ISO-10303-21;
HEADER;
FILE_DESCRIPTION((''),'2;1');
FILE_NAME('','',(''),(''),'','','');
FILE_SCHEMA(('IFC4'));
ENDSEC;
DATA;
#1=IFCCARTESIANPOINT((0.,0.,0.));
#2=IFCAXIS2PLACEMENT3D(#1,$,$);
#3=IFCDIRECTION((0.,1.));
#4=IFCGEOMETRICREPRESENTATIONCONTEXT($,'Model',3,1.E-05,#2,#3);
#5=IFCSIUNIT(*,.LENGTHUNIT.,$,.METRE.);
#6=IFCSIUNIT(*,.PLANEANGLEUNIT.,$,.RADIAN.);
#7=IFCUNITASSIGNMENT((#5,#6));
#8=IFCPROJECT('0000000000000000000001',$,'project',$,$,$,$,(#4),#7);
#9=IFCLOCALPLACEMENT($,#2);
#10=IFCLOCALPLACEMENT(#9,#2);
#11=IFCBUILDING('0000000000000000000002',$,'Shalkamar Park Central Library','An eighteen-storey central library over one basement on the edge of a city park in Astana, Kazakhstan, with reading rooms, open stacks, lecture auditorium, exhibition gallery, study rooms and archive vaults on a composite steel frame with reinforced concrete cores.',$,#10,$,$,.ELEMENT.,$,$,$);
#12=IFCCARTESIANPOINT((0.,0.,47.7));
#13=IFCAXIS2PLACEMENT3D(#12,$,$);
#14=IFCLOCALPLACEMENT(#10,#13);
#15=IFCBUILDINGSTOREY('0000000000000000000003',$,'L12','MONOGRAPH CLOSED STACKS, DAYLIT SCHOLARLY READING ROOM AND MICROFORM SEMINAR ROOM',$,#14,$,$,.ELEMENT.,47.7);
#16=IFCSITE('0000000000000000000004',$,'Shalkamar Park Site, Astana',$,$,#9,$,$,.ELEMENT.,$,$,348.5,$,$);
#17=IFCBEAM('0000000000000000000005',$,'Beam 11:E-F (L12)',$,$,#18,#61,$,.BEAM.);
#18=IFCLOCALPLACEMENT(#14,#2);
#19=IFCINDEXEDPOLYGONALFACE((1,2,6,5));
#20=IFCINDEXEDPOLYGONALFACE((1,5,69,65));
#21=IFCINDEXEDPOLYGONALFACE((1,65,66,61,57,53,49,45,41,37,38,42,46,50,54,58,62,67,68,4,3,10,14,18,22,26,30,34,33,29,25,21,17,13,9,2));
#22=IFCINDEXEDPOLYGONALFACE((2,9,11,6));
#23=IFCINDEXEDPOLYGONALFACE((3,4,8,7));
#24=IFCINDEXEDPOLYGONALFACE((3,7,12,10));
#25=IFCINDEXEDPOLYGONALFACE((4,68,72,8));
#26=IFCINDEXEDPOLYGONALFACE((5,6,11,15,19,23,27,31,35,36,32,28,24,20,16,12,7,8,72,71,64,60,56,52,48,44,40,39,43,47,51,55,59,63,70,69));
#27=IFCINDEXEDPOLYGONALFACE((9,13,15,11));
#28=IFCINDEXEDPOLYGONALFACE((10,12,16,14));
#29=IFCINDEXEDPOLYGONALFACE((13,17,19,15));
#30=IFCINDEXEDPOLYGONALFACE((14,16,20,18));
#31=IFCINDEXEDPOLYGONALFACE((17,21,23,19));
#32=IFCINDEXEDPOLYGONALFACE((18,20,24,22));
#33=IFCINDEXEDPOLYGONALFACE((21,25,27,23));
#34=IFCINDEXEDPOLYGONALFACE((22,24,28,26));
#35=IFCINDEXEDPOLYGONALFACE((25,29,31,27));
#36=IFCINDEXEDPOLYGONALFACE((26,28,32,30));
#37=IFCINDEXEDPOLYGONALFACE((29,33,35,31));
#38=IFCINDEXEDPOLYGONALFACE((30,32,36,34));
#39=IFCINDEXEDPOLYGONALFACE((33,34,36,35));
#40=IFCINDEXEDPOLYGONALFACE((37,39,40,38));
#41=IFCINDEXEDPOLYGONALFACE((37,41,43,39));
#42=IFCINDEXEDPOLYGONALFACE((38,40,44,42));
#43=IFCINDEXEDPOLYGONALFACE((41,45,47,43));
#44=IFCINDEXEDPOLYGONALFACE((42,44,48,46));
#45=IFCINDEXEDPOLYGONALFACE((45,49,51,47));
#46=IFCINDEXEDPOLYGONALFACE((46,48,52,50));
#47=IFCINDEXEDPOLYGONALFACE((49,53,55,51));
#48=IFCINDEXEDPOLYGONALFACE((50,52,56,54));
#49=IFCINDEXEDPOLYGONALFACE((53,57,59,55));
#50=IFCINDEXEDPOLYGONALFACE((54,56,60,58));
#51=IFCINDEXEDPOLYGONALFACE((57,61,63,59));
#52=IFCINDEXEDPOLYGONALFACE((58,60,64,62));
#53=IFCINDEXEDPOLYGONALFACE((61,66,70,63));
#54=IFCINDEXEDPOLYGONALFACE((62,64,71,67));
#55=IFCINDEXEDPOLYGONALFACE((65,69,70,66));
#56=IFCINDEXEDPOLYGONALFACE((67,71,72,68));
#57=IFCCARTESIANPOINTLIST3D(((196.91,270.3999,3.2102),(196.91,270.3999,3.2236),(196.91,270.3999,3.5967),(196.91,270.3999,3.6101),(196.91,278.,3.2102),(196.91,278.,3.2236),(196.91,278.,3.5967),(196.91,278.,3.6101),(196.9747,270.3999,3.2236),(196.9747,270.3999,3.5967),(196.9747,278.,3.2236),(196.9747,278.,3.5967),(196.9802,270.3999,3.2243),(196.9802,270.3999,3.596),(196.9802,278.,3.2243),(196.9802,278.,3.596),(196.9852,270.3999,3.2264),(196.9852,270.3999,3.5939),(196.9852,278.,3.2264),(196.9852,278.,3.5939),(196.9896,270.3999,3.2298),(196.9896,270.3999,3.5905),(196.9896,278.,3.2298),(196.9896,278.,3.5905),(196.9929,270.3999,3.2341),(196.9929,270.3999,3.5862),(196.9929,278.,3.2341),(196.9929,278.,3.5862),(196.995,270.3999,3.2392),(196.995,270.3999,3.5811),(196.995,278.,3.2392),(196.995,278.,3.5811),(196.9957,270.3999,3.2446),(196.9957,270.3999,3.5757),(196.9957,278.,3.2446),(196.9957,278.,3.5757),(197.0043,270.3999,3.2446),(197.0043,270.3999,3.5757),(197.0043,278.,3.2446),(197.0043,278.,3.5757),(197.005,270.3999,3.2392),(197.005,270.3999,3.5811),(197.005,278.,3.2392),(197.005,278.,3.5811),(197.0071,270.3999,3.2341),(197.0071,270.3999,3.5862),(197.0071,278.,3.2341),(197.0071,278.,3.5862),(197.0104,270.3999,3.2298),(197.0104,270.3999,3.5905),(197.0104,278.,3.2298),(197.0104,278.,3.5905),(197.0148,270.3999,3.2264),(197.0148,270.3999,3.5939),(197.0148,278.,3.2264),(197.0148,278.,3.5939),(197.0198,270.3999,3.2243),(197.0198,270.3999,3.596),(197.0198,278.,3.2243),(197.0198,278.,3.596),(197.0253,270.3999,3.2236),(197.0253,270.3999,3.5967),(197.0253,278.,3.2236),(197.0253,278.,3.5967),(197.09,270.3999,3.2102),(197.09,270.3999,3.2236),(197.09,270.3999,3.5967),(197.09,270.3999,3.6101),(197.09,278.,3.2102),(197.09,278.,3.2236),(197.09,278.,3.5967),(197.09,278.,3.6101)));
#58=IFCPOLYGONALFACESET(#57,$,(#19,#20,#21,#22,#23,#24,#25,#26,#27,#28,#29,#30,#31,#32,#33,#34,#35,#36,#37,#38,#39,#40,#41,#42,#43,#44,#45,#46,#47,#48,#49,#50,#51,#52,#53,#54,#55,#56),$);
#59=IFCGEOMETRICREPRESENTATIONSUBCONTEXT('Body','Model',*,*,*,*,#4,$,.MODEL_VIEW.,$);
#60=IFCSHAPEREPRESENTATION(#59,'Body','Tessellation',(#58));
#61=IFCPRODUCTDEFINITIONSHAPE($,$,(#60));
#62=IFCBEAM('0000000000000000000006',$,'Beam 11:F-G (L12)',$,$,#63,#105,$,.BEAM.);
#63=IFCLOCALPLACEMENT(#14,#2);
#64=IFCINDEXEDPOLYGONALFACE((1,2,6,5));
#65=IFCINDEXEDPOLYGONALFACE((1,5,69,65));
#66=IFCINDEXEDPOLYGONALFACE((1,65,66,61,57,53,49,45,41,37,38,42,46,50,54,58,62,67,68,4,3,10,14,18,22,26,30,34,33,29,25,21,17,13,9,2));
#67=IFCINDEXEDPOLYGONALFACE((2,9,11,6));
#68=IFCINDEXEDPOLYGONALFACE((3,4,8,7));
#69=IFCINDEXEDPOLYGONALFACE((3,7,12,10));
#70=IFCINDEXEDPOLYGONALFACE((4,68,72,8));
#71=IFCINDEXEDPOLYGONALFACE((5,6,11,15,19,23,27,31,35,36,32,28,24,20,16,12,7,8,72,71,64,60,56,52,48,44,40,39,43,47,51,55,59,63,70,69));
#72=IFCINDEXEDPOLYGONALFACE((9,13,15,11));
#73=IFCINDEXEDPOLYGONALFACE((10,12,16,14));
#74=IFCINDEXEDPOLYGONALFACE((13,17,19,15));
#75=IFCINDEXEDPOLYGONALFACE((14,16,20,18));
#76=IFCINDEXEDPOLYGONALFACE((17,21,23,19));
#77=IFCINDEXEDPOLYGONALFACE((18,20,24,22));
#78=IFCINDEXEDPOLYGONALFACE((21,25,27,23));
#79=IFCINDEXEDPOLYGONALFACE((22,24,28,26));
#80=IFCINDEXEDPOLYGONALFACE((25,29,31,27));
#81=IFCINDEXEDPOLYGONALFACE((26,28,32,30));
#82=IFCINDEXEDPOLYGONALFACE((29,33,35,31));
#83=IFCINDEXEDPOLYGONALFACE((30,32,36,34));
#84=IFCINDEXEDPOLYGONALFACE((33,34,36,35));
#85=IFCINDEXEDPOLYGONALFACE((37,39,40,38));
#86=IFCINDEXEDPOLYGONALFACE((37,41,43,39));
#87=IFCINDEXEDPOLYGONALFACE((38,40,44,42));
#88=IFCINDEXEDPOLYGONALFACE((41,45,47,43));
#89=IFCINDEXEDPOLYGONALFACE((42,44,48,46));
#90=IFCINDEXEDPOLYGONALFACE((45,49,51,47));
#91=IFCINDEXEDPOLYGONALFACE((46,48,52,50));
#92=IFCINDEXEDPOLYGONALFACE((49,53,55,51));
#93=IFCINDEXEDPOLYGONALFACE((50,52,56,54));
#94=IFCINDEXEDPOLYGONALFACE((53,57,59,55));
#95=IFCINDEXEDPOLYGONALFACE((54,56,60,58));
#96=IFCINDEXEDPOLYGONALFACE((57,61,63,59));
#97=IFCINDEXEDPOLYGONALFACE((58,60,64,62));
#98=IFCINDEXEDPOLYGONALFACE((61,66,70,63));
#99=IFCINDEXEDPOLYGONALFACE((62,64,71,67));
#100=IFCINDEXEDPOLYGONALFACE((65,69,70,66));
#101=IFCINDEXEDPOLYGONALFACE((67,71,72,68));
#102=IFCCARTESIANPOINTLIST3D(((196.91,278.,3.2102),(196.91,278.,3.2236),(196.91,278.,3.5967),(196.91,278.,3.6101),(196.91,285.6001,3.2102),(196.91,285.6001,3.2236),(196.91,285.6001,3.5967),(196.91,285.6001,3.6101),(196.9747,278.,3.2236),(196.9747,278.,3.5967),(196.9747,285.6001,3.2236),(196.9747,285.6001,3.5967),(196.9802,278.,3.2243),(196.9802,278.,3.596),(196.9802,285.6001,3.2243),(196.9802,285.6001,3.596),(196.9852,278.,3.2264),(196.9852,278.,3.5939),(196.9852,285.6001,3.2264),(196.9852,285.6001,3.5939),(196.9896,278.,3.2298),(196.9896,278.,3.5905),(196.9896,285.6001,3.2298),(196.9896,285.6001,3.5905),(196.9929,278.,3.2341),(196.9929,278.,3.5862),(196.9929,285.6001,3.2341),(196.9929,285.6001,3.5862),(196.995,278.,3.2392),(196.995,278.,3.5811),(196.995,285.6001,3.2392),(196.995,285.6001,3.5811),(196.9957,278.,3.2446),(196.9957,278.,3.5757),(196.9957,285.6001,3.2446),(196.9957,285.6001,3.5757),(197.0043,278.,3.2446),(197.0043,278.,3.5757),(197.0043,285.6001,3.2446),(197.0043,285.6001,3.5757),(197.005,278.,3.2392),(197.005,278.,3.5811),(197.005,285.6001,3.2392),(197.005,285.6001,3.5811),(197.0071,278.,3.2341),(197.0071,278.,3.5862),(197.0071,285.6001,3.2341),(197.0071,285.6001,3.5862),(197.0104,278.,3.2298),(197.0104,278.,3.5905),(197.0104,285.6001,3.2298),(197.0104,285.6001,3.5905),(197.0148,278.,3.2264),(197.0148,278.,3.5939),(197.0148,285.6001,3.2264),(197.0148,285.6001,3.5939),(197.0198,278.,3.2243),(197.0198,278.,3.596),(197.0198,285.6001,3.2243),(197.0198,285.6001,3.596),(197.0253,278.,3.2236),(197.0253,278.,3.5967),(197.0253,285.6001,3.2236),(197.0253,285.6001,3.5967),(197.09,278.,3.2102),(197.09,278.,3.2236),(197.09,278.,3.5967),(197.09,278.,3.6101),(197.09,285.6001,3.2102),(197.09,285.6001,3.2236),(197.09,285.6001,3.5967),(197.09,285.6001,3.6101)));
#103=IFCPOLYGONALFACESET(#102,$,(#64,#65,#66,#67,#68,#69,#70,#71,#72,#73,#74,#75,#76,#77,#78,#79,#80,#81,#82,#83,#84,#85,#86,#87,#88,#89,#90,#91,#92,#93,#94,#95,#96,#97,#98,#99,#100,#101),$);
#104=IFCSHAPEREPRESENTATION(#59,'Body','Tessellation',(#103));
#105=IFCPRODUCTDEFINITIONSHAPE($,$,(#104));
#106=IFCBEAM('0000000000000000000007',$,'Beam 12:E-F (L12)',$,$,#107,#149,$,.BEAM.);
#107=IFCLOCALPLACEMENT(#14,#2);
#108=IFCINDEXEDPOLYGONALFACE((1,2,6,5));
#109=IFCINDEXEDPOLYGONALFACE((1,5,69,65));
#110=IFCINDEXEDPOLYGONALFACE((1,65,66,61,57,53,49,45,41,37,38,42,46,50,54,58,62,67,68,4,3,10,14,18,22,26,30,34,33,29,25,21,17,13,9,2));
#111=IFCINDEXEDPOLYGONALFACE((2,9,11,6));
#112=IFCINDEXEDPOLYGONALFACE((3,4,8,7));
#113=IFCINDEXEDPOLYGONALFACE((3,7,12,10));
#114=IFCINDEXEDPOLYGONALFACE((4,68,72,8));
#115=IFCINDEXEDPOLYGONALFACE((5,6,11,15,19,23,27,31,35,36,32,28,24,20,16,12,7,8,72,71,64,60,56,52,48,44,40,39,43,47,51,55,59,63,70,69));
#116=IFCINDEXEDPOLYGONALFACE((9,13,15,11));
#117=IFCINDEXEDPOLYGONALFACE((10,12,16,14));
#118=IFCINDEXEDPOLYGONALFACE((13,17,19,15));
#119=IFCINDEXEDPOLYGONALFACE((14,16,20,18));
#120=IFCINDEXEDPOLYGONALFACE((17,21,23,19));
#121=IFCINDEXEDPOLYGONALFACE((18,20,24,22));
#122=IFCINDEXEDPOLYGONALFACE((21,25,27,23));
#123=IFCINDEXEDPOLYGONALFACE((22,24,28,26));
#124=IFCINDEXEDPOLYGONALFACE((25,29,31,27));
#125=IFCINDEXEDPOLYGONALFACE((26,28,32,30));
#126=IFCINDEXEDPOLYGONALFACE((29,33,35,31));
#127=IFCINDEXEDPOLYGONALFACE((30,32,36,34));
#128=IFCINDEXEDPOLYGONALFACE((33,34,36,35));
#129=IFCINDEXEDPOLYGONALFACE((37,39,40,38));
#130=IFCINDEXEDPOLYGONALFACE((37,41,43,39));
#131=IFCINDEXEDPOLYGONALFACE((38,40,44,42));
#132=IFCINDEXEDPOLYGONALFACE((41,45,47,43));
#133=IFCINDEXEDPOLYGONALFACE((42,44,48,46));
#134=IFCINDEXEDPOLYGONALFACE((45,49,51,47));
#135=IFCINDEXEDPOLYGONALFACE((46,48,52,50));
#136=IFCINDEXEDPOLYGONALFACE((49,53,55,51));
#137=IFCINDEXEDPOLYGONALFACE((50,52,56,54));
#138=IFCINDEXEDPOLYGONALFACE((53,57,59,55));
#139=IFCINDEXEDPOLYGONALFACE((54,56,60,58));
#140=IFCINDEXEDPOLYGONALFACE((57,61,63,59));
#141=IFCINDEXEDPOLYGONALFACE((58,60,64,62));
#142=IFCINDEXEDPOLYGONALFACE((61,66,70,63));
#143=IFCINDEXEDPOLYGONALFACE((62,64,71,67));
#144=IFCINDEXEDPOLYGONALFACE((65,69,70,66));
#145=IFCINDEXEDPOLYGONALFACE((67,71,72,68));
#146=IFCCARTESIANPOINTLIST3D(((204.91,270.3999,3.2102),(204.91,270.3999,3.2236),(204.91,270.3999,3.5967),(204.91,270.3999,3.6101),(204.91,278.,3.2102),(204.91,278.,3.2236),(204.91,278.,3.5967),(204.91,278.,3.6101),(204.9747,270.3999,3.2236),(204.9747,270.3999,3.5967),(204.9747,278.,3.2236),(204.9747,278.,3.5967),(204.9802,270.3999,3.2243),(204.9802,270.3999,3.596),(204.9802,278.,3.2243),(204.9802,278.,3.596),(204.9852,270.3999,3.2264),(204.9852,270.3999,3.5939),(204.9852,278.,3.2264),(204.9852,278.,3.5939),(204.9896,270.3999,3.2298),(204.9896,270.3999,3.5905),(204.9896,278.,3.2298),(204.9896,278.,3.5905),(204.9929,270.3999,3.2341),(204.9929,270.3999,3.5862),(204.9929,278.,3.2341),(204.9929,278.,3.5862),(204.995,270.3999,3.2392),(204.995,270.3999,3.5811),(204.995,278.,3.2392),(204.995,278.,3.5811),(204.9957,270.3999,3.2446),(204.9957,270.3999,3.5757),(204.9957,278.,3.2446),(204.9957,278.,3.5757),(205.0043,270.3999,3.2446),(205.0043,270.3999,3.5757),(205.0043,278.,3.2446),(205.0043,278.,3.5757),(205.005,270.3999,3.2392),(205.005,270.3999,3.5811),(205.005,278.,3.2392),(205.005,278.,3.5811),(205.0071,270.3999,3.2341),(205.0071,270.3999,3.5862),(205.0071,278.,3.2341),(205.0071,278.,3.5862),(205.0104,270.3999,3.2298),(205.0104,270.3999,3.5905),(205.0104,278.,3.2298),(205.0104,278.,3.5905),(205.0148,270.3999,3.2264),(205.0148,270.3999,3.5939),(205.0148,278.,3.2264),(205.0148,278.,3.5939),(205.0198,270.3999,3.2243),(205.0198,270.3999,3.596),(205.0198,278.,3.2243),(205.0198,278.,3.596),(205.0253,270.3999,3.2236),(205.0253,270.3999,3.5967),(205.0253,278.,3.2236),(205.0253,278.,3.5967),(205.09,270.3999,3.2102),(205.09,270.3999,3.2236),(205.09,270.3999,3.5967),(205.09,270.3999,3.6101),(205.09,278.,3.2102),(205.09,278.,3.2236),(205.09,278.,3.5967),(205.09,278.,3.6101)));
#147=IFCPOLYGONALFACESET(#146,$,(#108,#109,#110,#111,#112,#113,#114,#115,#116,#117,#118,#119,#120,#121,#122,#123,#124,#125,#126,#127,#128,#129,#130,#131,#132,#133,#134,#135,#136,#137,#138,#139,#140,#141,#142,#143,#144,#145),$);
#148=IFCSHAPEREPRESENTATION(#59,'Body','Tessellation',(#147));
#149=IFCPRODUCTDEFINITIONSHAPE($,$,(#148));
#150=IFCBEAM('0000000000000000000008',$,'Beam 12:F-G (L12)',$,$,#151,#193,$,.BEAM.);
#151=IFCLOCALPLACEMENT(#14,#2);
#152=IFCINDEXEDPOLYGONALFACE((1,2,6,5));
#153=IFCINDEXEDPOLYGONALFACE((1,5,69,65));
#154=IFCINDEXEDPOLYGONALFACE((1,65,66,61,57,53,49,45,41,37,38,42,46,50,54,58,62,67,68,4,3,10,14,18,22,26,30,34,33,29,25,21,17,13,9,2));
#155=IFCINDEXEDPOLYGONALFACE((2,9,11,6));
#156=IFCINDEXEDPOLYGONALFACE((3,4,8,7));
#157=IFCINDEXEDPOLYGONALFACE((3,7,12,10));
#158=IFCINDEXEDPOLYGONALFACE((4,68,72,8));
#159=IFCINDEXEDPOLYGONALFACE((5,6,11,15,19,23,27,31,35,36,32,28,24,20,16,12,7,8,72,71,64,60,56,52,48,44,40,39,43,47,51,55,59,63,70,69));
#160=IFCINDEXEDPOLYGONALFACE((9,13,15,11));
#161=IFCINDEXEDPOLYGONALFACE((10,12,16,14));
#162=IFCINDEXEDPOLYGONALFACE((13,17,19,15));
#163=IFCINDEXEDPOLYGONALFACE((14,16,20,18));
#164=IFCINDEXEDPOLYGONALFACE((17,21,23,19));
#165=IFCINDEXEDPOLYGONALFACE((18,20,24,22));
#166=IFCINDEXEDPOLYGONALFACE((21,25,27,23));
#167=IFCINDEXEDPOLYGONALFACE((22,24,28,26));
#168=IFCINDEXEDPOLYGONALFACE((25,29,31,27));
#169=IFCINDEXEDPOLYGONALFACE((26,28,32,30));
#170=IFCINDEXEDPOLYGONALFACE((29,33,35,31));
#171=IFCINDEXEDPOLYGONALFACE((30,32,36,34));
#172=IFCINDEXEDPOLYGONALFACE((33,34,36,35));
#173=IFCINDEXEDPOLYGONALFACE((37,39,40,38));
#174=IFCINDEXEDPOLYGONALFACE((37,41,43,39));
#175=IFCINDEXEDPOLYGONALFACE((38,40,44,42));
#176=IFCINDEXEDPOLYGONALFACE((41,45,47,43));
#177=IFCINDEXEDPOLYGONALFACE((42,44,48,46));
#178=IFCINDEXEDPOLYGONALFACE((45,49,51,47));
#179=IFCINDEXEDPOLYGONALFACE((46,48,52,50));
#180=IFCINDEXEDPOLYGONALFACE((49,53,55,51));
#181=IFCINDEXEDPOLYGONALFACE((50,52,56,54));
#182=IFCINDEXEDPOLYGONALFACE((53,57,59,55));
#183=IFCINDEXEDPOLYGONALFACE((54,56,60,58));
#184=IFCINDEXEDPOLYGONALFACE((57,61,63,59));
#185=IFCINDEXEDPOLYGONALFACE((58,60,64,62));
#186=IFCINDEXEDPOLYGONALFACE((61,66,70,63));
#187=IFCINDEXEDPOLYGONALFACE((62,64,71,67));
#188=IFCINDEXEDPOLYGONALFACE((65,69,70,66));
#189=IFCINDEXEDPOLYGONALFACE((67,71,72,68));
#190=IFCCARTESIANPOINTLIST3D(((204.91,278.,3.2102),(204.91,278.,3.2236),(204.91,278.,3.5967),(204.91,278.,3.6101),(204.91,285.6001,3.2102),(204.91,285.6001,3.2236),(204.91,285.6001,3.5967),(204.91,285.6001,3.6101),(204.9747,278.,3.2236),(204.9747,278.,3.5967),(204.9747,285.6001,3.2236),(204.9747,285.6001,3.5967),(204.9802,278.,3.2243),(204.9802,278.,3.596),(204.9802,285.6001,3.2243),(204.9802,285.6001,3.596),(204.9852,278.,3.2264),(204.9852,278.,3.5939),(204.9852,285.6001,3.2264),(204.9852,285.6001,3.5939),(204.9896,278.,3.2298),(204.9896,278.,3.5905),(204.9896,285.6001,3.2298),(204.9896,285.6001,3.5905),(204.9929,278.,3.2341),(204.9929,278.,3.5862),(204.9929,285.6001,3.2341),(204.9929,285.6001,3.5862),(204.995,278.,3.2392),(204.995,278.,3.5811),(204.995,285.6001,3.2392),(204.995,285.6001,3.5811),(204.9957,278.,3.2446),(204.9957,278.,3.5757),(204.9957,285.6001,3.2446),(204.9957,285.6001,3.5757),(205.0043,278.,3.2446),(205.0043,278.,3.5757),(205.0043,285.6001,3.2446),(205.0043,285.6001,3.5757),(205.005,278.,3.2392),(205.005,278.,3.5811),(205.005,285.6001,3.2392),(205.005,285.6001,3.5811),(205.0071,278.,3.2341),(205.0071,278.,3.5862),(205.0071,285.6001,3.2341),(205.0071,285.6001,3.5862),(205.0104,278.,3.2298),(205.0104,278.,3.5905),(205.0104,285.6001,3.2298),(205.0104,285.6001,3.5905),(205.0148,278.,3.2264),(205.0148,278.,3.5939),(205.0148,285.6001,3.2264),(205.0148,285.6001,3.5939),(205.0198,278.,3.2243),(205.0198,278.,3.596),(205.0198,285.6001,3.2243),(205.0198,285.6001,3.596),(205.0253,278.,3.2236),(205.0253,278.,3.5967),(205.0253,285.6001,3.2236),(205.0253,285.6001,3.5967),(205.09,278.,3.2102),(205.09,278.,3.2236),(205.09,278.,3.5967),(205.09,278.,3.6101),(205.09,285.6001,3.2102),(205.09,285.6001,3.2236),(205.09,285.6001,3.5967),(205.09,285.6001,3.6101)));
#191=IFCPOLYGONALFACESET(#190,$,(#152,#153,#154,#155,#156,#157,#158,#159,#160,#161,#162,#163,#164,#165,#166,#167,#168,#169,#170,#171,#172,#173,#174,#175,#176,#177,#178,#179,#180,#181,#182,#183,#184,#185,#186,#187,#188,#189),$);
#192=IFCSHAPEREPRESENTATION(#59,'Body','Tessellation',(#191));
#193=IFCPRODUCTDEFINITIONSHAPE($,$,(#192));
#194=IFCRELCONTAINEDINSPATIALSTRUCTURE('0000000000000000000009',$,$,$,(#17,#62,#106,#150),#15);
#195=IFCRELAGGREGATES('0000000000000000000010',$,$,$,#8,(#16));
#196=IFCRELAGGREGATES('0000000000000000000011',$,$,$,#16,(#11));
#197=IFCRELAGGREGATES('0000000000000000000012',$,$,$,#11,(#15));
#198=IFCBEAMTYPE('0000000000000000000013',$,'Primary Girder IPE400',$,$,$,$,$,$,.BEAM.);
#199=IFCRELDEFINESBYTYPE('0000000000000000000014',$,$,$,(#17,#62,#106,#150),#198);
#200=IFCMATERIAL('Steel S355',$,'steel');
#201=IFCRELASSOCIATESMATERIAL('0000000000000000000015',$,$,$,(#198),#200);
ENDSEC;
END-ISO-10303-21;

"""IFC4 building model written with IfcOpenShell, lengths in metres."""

from ifc_helpers import new_model, si_unit, direction, frame, origin, origin_2d, place, context, subcontext, project, spatial, i_section, extrude, material, material_profile, profile_set, type_object, element, save


model = new_model("IFC4")

# Units and contexts
model_context = context("Model", 3, precision=1e-05, world=origin(), true_north=direction((0.0, 1.0)))
body_context = subcontext(model_context, "Body", "Model", "MODEL_VIEW")
ifc_project = project(units=[si_unit("LENGTHUNIT", "METRE"), si_unit("PLANEANGLEUNIT", "RADIAN")], contexts=[model_context])

# Site, building, storey
site_placement = place(None, origin())
site = spatial("IfcSite", under=ifc_project, at=site_placement, Name="Shalkamar Park Site, Astana", CompositionType="ELEMENT", RefElevation=348.5)
building_placement = place(site_placement, origin())
building = spatial("IfcBuilding", under=site, at=building_placement, Name="Shalkamar Park Central Library", Description="An eighteen-storey central library over one basement on the edge of a city park in Astana, Kazakhstan, with reading rooms, open stacks, lecture auditorium, exhibition gallery, study rooms and archive vaults on a composite steel frame with reinforced concrete cores.", CompositionType="ELEMENT")
storey_placement = place(building_placement, frame((0.0, 0.0, 47.7)))
storey = spatial("IfcBuildingStorey", under=building, at=storey_placement, Name="L12", Description="MONOGRAPH CLOSED STACKS, DAYLIT SCHOLARLY READING ROOM AND MICROFORM SEMINAR ROOM", CompositionType="ELEMENT", Elevation=47.7)

# Shared definitions
ifc_material_1 = material(Name="Steel S355", Category="steel")

# Beams
ifc_material_profile_1 = material_profile(ifc_material_1, i_section(OverallWidth=0.1799, OverallDepth=0.3999, WebThickness=0.0085, FlangeThickness=0.0134, FilletRadius=0.021, at=origin_2d()), Name="IPE 400")
ifc_profile_set_1 = profile_set([ifc_material_profile_1], Name="Steel S355")
beam_type_1 = type_object("IfcBeamType", Name="Primary Girder IPE400", PredefinedType="BEAM", material=ifc_profile_set_1)
for number, where, z_axis, x_axis, name in (
    (1, (197.0, 270.3999, 3.4102), (0.0, 1.0, 0.0), (-1.0, 0.0, 0.0), "Beam 11:E-F (L12)"),
    (2, (197.0, 278.0, 3.4102), (0.0, 1.0, 0.0), (-1.0, 0.0, 0.0), "Beam 11:F-G (L12)"),
    (3, (205.0, 270.3999, 3.4102), (0.0, 1.0, 0.0), (-1.0, 0.0, 0.0), "Beam 12:E-F (L12)"),
    (4, (205.0, 278.0, 3.4102), (0.0, 1.0, 0.0), (-1.0, 0.0, 0.0), "Beam 12:F-G (L12)"),
):
    element("IfcBeam", number, at=place(storey_placement, frame(where, z_axis=z_axis, x_axis=x_axis)), inside=storey, type_object=beam_type_1, Name=name, PredefinedType="BEAM", context=body_context, shape_type="SweptSolid", body=[
        extrude(i_section(OverallWidth=0.1799, OverallDepth=0.3999, WebThickness=0.0085, FlangeThickness=0.0134, FilletRadius=0.021, at=origin_2d()), origin(), (0.0, 0.0, 1.0), 7.6001),
    ])

save(model, "model.ifc")
